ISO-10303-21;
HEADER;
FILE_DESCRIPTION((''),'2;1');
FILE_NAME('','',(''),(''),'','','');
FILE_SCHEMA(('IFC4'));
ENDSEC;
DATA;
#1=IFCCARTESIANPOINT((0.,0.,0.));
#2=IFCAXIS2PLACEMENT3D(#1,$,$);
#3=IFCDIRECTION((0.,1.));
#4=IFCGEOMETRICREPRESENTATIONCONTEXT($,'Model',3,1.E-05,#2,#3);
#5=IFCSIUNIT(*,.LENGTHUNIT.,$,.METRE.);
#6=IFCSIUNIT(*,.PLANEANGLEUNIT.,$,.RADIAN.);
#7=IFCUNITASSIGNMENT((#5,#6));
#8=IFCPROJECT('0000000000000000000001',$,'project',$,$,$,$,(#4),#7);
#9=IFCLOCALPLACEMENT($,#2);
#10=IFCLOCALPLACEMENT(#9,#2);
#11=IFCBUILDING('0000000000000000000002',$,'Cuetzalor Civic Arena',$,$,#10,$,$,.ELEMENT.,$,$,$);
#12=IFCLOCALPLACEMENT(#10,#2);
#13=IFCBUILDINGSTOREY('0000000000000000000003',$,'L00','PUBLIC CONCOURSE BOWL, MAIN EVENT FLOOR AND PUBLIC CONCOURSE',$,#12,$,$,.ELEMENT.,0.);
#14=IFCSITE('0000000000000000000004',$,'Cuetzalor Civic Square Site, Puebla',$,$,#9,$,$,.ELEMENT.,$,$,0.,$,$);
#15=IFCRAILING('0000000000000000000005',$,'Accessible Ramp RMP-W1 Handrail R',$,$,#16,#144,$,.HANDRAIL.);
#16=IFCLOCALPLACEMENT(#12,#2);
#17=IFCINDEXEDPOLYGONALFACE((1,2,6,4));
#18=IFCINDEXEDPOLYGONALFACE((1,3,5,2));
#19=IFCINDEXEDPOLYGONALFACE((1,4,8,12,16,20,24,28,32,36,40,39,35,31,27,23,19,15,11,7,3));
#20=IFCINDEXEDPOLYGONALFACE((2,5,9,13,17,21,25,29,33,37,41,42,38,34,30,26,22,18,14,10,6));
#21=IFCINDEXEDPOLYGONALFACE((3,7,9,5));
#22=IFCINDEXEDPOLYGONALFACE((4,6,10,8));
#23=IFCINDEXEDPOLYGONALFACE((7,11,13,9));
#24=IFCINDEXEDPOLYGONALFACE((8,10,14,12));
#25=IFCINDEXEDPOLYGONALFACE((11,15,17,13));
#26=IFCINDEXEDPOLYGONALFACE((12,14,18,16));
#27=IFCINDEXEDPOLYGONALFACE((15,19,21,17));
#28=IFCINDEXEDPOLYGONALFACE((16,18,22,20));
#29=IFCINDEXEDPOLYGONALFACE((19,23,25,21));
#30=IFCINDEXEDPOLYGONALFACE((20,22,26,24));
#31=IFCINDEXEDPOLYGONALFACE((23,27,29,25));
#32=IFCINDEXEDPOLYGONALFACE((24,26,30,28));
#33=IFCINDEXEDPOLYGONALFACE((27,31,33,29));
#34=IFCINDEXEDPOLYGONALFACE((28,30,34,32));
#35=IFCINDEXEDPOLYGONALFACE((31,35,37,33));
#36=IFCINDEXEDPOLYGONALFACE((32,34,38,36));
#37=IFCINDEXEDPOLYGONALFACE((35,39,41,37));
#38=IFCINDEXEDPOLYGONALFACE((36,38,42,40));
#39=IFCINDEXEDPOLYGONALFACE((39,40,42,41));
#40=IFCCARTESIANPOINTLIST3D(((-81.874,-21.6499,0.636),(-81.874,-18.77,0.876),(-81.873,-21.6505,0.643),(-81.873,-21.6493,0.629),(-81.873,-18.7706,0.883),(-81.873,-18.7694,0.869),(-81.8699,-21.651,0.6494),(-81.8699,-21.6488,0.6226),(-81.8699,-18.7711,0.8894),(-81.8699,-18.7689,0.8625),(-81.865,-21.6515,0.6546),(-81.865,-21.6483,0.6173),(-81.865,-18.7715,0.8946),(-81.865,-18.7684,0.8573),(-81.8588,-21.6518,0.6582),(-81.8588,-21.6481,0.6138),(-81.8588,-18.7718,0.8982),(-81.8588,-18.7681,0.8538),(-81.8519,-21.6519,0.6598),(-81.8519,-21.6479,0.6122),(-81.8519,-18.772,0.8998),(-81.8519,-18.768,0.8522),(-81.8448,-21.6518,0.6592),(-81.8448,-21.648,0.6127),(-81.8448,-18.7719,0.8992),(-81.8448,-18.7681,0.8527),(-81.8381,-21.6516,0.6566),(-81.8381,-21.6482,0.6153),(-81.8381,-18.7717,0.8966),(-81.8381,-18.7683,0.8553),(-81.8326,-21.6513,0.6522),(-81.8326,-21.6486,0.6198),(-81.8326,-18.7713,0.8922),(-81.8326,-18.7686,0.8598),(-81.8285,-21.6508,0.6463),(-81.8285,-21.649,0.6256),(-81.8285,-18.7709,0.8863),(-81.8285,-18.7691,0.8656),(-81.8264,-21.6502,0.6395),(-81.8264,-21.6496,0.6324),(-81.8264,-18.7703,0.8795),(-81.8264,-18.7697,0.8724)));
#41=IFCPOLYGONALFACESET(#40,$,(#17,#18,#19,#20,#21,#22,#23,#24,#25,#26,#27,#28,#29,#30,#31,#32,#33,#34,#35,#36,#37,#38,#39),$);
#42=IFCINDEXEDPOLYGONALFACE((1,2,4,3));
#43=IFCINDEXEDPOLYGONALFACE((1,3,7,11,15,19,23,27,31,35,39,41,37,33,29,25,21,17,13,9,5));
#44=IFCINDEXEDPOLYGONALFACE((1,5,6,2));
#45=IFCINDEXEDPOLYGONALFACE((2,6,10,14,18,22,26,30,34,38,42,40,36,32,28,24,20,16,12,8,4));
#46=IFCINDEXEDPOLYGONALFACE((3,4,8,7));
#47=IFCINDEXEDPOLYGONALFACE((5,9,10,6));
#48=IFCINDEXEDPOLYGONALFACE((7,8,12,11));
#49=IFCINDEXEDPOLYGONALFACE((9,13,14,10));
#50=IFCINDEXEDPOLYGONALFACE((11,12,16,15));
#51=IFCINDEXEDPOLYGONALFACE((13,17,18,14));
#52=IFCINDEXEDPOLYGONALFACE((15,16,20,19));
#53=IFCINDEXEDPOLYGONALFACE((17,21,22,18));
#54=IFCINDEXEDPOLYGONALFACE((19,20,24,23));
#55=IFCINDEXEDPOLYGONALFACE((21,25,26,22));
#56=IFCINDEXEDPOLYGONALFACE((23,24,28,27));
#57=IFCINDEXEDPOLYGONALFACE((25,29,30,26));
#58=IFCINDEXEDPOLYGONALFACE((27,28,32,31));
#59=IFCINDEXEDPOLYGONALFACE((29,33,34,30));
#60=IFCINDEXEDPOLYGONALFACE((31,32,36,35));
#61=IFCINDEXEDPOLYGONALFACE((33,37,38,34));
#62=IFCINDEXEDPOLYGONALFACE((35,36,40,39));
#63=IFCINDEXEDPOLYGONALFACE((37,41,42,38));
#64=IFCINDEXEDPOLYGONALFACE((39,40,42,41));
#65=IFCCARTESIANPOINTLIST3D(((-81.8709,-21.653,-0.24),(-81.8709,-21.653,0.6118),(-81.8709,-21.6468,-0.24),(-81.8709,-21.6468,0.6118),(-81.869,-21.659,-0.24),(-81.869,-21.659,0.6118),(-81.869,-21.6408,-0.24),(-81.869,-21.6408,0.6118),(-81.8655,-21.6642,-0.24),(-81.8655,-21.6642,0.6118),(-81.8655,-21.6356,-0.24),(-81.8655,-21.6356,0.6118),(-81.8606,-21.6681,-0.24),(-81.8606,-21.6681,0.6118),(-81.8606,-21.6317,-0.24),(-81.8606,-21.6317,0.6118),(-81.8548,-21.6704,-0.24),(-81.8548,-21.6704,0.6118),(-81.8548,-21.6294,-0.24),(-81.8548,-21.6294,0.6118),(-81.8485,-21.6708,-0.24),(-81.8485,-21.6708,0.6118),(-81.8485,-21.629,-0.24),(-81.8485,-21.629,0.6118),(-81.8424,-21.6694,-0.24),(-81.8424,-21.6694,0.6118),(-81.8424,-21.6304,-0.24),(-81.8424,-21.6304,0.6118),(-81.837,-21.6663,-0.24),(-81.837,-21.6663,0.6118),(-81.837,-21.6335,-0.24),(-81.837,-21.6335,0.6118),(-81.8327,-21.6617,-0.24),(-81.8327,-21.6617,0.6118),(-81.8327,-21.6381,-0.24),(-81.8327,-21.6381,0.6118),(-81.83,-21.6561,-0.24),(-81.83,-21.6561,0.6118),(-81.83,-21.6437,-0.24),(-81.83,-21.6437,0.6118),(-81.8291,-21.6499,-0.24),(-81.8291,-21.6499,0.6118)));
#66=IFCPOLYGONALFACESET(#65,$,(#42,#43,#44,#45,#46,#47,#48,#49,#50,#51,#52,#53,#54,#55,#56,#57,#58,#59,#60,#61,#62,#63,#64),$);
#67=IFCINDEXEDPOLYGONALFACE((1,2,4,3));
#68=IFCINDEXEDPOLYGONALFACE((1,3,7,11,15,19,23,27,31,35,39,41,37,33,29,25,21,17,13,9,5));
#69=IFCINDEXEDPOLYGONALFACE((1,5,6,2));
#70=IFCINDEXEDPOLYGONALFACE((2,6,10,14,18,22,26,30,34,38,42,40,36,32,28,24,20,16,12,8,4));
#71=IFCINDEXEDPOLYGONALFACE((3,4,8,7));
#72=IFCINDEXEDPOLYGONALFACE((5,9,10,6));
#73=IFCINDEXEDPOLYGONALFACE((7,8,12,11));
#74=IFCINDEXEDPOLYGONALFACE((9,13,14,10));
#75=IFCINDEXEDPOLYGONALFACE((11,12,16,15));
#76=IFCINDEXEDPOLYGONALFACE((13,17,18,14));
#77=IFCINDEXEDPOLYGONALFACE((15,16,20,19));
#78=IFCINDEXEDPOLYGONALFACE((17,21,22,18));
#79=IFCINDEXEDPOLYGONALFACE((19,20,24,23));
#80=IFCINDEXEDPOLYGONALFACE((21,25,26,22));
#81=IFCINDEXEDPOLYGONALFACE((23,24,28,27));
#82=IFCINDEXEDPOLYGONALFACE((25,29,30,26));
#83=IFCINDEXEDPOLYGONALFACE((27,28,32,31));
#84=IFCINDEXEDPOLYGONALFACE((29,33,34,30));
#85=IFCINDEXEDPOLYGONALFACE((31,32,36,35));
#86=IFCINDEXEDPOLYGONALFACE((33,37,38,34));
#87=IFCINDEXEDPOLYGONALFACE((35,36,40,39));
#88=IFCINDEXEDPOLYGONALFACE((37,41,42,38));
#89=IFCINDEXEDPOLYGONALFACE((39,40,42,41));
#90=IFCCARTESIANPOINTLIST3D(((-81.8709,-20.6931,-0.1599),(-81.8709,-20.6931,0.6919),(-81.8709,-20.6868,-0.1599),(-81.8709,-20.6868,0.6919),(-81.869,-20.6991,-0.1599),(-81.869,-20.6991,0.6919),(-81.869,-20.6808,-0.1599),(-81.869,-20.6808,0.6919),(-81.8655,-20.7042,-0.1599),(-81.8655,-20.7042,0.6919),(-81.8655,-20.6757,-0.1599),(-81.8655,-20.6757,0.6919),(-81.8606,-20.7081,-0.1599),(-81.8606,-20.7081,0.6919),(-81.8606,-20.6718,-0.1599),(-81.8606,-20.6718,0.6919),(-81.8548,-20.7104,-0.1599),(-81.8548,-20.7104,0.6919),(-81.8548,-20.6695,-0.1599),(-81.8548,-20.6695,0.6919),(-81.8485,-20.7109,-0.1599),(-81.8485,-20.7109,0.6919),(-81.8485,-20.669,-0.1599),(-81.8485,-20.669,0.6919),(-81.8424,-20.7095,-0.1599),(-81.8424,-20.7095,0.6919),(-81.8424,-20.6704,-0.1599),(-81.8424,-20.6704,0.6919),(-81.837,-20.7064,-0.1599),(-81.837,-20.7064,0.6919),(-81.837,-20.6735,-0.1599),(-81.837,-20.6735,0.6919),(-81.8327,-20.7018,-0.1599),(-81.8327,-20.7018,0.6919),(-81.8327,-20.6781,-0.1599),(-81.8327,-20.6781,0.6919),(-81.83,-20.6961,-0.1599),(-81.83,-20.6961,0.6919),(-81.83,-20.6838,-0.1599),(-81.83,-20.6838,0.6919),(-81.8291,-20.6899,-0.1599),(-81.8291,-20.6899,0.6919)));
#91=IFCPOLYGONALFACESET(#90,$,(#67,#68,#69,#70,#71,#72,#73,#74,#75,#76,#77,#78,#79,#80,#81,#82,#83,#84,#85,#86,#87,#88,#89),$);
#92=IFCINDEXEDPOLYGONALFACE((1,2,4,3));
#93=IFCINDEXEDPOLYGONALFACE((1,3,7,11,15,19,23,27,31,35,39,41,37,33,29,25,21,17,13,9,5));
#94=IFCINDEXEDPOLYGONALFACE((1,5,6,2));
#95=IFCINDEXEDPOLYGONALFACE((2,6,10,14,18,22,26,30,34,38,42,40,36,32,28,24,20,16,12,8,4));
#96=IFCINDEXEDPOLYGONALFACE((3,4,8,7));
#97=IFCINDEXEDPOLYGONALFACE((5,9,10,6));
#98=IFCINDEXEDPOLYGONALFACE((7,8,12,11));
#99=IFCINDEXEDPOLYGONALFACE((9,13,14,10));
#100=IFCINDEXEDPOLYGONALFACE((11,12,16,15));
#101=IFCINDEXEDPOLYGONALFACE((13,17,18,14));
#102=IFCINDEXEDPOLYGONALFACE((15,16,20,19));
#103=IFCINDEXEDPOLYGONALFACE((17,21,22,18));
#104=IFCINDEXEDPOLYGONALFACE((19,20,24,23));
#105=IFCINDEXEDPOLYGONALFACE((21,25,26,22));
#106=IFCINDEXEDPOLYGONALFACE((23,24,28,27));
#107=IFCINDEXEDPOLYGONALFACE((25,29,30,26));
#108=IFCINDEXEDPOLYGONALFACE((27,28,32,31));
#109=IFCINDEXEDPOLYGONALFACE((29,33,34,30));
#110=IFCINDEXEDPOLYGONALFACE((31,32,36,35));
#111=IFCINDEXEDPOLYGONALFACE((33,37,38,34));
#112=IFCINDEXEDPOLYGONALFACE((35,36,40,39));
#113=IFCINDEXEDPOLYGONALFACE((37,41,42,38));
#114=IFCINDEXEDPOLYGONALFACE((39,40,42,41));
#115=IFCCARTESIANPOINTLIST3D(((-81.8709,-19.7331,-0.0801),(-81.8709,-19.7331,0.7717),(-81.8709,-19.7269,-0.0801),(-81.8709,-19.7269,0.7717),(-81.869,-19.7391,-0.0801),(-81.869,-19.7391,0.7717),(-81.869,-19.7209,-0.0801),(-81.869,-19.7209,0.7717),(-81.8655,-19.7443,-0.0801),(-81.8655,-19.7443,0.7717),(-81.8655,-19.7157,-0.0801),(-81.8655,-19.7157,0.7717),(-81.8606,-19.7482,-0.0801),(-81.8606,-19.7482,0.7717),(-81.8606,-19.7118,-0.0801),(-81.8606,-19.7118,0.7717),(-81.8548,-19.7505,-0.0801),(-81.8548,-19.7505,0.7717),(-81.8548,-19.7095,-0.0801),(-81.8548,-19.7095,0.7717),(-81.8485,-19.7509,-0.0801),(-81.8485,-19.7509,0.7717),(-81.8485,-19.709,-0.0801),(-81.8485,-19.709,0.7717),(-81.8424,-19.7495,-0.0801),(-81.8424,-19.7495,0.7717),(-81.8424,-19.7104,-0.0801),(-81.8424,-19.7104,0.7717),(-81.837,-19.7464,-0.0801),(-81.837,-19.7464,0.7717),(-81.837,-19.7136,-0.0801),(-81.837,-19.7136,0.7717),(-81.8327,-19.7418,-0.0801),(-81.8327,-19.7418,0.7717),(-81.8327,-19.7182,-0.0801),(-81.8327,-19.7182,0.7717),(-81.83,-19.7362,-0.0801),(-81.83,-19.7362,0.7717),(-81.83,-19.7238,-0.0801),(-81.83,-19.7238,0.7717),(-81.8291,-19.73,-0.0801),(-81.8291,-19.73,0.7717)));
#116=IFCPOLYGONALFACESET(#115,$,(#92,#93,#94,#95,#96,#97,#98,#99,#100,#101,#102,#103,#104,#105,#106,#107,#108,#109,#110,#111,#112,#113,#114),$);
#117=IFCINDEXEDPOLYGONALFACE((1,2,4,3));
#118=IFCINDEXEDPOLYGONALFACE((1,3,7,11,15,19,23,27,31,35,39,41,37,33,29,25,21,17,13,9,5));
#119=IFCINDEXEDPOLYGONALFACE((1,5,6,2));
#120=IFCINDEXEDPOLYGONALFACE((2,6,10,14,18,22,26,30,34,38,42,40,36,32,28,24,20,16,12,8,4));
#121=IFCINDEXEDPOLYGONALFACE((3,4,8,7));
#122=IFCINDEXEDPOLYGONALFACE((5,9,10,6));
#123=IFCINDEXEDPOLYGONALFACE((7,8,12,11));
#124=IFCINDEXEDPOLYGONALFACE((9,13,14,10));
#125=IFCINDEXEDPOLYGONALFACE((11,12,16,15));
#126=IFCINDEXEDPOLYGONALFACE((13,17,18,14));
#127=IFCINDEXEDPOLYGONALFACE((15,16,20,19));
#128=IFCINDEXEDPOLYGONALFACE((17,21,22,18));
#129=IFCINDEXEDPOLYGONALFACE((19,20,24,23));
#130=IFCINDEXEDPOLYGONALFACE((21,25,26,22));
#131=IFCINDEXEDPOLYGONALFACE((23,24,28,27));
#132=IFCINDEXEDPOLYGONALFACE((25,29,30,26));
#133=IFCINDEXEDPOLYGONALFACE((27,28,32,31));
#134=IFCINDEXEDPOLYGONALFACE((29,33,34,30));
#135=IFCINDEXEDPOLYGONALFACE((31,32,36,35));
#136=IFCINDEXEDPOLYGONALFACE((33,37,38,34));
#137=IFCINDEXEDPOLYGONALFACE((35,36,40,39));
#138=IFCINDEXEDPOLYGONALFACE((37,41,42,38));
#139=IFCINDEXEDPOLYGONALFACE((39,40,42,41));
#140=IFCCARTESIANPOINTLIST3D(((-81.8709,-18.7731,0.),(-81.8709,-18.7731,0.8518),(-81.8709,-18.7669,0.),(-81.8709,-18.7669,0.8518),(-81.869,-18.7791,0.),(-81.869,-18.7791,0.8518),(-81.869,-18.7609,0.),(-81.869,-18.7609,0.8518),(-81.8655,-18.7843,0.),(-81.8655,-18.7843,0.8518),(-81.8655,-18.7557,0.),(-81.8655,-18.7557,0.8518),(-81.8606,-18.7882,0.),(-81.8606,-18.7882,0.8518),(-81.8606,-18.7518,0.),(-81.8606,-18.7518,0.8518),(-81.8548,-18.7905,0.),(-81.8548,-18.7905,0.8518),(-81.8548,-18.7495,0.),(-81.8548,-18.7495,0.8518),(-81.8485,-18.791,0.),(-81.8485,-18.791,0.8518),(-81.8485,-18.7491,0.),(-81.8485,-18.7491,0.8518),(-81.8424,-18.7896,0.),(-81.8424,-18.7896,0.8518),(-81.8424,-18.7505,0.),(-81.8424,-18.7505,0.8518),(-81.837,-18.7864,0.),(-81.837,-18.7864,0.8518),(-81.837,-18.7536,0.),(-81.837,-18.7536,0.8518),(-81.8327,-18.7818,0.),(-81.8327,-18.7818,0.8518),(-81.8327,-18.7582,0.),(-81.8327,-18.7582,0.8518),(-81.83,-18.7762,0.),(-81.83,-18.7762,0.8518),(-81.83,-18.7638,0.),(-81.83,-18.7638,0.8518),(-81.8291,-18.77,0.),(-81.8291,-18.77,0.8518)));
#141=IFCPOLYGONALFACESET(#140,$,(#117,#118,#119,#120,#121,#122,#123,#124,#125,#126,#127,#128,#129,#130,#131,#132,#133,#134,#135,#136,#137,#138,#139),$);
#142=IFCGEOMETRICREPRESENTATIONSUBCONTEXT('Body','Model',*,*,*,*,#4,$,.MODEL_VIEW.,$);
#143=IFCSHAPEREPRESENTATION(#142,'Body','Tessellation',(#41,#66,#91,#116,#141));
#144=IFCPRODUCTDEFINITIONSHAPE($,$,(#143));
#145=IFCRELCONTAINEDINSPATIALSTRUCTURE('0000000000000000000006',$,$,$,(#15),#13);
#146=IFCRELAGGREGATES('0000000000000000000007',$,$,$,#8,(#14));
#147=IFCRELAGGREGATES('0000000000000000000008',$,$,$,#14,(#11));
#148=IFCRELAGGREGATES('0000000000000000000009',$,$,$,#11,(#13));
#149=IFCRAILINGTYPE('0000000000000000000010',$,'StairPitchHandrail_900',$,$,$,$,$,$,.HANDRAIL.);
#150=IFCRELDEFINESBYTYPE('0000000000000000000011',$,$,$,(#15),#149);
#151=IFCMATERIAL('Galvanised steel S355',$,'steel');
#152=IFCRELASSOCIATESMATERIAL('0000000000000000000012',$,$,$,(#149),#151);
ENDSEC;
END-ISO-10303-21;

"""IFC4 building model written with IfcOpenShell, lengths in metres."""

from ifc_helpers import new_model, si_unit, direction, frame, origin, origin_2d, place, context, subcontext, project, spatial, circle, extrude, material, type_object, element, save


model = new_model("IFC4")

# Units and contexts
model_context = context("Model", 3, precision=1e-05, world=origin(), true_north=direction((0.0, 1.0)))
body_context = subcontext(model_context, "Body", "Model", "MODEL_VIEW")
ifc_project = project(units=[si_unit("LENGTHUNIT", "METRE"), si_unit("PLANEANGLEUNIT", "RADIAN")], contexts=[model_context])

# Site, building, storey
site_placement = place(None, origin())
site = spatial("IfcSite", under=ifc_project, at=site_placement, Name="Cuetzalor Civic Square Site, Puebla", CompositionType="ELEMENT", RefElevation=0.0)
building_placement = place(site_placement, origin())
building = spatial("IfcBuilding", under=site, at=building_placement, Name="Cuetzalor Civic Arena", CompositionType="ELEMENT")
storey_placement = place(building_placement, origin())
storey = spatial("IfcBuildingStorey", under=building, at=storey_placement, Name="L00", Description="PUBLIC CONCOURSE BOWL, MAIN EVENT FLOOR AND PUBLIC CONCOURSE", CompositionType="ELEMENT", Elevation=0.0)

# Railing
ifc_material_1 = material(Name="Galvanised steel S355", Category="steel")
railing_type = type_object("IfcRailingType", Name="StairPitchHandrail_900", PredefinedType="HANDRAIL", material=ifc_material_1)
for number, where, name in (
    (1, (-81.8501, -21.6499, -0.24), "Accessible Ramp RMP-W1 Handrail R"),
):
    element("IfcRailing", number, at=place(storey_placement, frame(where)), inside=storey, type_object=railing_type, Name=name, PredefinedType="HANDRAIL", context=body_context, shape_type="SweptSolid", body=[
        extrude(circle(Radius=0.0239, at=origin_2d()), frame((0.0, 0.0, 0.876), z_axis=(0.0, 0.996546, 0.083045), x_axis=(-1.0, 0.0, 0.0)), (0.0, 0.0, 1.0), 2.8899),
        extrude(circle(Radius=0.021, at=origin_2d()), origin(), (0.0, 0.0, 1.0), 0.8518),
        extrude(circle(Radius=0.021, at=origin_2d()), frame((0.0, 0.96, 0.0801)), (0.0, 0.0, 1.0), 0.8518),
        extrude(circle(Radius=0.021, at=origin_2d()), frame((0.0, 1.9199, 0.1599)), (0.0, 0.0, 1.0), 0.8518),
        extrude(circle(Radius=0.021, at=origin_2d()), frame((0.0, 2.8799, 0.24)), (0.0, 0.0, 1.0), 0.8518),
    ])

save(model, "model.ifc")
